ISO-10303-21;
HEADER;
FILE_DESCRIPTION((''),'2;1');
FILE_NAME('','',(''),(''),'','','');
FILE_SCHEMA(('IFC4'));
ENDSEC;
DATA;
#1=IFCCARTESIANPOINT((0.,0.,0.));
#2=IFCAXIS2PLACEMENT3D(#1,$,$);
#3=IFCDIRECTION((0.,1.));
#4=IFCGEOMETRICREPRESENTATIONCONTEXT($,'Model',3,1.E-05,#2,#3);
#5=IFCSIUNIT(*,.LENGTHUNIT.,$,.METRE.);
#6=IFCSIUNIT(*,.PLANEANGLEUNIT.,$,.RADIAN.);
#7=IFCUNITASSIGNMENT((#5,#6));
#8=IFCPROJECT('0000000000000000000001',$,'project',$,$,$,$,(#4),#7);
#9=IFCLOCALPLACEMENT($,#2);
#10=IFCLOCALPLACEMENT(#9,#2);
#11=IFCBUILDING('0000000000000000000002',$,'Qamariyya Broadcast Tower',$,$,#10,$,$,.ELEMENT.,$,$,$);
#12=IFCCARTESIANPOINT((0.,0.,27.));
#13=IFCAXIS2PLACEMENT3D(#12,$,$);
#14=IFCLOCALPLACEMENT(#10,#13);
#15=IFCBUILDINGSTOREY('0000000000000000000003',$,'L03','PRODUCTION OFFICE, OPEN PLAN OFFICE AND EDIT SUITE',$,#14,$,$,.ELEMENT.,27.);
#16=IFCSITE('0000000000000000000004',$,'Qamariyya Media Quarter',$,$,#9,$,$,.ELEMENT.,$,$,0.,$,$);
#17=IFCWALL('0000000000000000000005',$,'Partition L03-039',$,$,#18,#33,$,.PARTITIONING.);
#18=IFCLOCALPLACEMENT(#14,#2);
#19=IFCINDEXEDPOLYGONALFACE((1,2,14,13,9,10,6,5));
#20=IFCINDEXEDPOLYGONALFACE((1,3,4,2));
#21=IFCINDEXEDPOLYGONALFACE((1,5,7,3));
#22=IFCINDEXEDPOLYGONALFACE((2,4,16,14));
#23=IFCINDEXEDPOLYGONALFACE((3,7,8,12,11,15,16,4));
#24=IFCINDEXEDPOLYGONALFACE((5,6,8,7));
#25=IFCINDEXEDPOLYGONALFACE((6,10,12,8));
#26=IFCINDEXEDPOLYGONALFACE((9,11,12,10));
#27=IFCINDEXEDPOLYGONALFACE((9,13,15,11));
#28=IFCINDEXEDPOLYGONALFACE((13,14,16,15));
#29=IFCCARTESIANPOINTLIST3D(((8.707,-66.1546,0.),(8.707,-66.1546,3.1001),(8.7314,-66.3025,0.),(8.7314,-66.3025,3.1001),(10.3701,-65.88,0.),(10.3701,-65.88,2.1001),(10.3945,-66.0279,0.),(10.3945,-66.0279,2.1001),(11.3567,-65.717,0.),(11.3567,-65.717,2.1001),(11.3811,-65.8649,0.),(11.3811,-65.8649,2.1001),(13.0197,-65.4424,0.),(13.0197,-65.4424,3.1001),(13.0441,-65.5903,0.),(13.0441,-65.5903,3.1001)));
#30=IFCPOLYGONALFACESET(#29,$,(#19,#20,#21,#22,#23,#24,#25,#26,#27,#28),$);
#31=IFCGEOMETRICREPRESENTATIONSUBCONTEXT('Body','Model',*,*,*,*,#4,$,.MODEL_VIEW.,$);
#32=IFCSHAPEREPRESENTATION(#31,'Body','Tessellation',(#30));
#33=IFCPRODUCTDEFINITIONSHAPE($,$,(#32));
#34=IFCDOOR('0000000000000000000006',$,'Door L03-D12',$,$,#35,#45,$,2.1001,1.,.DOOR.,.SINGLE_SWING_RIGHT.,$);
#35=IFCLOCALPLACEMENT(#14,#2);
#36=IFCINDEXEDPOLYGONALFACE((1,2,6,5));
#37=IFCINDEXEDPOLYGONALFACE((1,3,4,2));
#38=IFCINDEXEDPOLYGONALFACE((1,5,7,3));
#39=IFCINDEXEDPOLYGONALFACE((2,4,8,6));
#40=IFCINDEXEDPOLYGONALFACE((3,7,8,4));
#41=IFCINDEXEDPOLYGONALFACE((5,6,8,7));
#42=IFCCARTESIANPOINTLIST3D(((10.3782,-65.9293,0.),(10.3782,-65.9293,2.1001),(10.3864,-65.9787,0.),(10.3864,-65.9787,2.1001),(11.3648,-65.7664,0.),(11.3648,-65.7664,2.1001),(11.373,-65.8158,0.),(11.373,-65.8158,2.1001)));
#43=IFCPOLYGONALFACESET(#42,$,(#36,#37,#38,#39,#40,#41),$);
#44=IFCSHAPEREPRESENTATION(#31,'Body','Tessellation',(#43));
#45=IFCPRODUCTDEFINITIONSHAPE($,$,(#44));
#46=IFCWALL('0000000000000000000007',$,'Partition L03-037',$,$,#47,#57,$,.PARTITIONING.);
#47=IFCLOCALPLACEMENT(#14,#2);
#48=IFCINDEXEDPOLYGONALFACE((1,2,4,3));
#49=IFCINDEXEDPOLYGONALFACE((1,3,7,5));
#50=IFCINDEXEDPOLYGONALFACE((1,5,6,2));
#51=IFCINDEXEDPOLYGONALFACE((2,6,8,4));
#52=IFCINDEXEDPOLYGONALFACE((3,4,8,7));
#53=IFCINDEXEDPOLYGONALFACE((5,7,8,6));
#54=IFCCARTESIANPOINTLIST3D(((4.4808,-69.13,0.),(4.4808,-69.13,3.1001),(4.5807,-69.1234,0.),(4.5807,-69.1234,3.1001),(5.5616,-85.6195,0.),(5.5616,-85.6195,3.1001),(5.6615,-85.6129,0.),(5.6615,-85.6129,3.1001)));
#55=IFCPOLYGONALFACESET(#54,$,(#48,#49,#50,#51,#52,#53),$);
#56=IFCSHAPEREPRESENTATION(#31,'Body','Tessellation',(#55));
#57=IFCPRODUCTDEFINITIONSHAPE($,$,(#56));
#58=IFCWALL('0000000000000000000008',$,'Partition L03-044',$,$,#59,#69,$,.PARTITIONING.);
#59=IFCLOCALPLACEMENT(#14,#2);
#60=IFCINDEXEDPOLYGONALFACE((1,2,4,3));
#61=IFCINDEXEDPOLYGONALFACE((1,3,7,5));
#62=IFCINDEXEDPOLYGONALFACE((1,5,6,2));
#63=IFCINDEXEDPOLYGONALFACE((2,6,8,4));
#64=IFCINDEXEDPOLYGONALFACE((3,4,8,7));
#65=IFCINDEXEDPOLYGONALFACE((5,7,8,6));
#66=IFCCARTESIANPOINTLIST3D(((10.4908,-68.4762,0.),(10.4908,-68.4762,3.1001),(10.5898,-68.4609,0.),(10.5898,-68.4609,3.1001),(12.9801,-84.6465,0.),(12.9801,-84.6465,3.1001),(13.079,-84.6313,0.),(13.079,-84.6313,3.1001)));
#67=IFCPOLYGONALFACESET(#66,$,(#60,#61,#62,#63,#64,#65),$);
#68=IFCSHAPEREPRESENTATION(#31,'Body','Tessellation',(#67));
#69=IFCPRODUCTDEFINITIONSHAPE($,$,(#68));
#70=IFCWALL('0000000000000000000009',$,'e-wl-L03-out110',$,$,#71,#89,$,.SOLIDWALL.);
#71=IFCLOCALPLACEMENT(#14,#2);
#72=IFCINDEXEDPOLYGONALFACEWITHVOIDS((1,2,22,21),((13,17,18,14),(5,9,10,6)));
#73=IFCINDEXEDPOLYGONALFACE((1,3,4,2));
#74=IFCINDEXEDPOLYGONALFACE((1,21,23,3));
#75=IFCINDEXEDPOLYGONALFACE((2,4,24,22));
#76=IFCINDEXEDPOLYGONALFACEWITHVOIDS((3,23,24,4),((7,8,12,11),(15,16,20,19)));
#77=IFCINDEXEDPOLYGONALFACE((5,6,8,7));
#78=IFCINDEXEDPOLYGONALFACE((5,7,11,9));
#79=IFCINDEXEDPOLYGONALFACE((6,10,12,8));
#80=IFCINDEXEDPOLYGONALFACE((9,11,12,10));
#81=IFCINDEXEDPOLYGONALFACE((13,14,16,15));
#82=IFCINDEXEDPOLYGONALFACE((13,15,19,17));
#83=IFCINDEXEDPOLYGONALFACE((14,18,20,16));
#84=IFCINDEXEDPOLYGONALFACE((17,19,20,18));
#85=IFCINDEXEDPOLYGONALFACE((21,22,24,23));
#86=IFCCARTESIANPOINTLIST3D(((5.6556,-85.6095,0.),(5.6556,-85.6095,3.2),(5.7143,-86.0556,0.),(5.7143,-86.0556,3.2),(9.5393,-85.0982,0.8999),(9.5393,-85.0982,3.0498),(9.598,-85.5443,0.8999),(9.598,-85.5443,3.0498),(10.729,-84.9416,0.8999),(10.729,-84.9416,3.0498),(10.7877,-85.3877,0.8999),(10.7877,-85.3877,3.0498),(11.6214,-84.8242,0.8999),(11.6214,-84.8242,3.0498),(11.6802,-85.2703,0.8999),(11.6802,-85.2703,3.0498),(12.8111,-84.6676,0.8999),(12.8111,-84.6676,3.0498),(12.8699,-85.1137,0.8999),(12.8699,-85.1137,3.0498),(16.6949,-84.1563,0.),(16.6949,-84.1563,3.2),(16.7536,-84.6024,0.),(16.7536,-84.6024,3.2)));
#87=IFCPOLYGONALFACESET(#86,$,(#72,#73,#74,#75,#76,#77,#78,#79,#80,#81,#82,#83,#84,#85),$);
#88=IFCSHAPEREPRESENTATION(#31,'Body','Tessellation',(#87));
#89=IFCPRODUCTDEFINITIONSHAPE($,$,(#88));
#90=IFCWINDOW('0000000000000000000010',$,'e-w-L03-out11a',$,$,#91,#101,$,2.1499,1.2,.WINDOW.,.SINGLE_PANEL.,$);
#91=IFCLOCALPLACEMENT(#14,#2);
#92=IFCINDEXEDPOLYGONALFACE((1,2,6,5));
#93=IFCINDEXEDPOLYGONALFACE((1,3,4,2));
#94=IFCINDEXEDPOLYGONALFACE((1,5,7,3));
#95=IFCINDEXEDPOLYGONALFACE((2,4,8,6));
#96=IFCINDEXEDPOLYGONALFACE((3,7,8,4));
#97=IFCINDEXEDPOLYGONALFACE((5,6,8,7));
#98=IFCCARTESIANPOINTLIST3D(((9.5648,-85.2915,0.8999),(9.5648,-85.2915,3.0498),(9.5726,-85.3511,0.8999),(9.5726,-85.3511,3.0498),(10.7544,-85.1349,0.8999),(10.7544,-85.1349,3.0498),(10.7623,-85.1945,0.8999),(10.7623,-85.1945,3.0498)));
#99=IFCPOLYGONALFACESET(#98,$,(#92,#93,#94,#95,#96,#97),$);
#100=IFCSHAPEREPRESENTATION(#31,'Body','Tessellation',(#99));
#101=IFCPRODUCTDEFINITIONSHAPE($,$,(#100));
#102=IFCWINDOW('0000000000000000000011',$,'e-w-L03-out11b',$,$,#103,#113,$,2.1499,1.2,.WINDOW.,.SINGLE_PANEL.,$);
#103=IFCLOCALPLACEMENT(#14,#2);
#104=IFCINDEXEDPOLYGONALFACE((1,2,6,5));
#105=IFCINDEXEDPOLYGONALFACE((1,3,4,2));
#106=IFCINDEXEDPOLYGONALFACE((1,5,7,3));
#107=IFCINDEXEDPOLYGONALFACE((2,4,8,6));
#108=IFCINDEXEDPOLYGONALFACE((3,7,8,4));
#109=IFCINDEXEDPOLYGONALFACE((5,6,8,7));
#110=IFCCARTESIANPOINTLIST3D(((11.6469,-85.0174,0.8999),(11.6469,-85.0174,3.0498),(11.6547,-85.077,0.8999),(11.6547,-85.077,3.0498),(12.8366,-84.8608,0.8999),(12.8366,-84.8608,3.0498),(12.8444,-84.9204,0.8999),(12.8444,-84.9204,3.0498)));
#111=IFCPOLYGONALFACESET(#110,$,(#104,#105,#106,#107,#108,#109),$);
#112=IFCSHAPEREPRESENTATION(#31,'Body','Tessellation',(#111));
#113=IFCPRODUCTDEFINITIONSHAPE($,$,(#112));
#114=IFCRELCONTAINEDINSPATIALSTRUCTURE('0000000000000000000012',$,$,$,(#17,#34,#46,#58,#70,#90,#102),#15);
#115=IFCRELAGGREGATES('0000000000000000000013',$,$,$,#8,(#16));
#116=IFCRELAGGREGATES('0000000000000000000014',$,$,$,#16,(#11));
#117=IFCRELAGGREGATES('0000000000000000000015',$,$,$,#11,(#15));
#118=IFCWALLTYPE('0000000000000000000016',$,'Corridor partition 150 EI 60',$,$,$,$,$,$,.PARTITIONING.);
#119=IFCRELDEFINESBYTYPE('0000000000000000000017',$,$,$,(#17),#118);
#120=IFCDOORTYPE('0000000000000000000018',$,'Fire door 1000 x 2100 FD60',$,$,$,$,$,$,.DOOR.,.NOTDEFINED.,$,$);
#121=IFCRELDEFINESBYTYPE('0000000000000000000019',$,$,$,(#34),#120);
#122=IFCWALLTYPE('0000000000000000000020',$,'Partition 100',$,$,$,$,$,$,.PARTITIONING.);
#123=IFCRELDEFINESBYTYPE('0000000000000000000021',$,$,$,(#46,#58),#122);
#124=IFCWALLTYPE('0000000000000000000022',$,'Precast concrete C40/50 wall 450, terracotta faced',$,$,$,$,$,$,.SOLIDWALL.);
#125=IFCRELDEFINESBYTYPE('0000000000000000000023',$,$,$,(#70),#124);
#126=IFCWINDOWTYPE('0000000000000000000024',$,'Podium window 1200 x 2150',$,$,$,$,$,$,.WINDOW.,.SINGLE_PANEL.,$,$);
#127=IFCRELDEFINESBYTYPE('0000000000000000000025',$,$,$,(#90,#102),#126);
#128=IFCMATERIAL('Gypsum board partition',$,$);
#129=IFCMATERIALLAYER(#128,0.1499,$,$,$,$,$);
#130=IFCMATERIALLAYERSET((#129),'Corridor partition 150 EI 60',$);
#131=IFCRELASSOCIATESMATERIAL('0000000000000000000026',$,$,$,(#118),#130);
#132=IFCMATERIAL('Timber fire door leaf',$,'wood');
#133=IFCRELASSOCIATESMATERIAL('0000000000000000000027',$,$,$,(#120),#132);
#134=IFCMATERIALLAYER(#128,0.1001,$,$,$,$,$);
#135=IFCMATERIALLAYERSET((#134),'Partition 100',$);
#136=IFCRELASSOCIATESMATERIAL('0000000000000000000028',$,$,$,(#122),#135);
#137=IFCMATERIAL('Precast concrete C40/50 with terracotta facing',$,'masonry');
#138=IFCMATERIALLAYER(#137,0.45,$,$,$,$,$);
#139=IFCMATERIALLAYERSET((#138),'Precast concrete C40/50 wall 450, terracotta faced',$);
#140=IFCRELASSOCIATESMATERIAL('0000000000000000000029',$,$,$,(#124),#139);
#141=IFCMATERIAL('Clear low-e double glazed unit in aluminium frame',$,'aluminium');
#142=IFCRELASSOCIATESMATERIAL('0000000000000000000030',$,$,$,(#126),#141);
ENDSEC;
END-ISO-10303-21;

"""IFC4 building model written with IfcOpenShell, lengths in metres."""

from ifc_helpers import new_model, si_unit, direction, frame, frame_2d, origin, place, context, subcontext, project, spatial, rectangle, extrude, material, layer, layer_set, type_object, element, fill, save


model = new_model("IFC4")

# Units and contexts
model_context = context("Model", 3, precision=1e-05, world=origin(), true_north=direction((0.0, 1.0)))
body_context = subcontext(model_context, "Body", "Model", "MODEL_VIEW")
ifc_project = project(units=[si_unit("LENGTHUNIT", "METRE"), si_unit("PLANEANGLEUNIT", "RADIAN")], contexts=[model_context])

# Site, building, storey
site_placement = place(None, origin())
site = spatial("IfcSite", under=ifc_project, at=site_placement, Name="Qamariyya Media Quarter", CompositionType="ELEMENT", RefElevation=0.0)
building_placement = place(site_placement, origin())
building = spatial("IfcBuilding", under=site, at=building_placement, Name="Qamariyya Broadcast Tower", CompositionType="ELEMENT")
storey_placement = place(building_placement, frame((0.0, 0.0, 27.0)))
storey = spatial("IfcBuildingStorey", under=building, at=storey_placement, Name="L03", Description="PRODUCTION OFFICE, OPEN PLAN OFFICE AND EDIT SUITE", CompositionType="ELEMENT", Elevation=27.0)

# Wall, opening, door
ifc_material_1 = material(Name="Gypsum board partition")
ifc_layer_1 = layer(ifc_material_1, 0.1499)
ifc_layer_set_1 = layer_set([ifc_layer_1], Name="Corridor partition 150 EI 60")
wall_type_1 = type_object("IfcWallType", Name="Corridor partition 150 EI 60", PredefinedType="PARTITIONING", material=ifc_layer_set_1)
ifc_material_2 = material(Name="Timber fire door leaf", Category="wood")
door_type_1 = type_object("IfcDoorType", Name="Fire door 1000 x 2100 FD60", OperationType="NOTDEFINED", PredefinedType="DOOR", material=ifc_material_2)
wall_1_placement = place(storey_placement, frame((8.7192, -66.2285, 0.0), z_axis=(0.0, 0.0, 1.0), x_axis=(0.986639, 0.162922, 0.0)))
wall_1 = element("IfcWall", 1, at=wall_1_placement, inside=storey, type_object=wall_type_1, Name="Partition L03-039", PredefinedType="PARTITIONING", context=body_context, shape_type="SweptSolid", body=[
    extrude(rectangle(XDim=4.3711, YDim=0.1499, at=frame_2d((2.1855, 0.0))), origin(), (0.0, 0.0, 1.0), 3.1001),
])
opening_1_placement = place(wall_1_placement, frame((1.6855, 0.0, 0.0)))
opening_1 = element("IfcOpeningElement", 2, at=opening_1_placement, cuts=wall_1, PredefinedType="OPENING", context=body_context, shape_type="SweptSolid", body=[
    extrude(rectangle(XDim=1.0, YDim=2.1001, at=frame_2d((0.5, 1.05))), frame((0.0, 0.085, 0.0), z_axis=(0.0, -1.0, 0.0), x_axis=(1.0, 0.0, 0.0)), (0.0, 0.0, 1.0), 0.1699),
])
door_1_placement = place(opening_1_placement, origin())
door_1 = element("IfcDoor", 3, at=door_1_placement, inside=storey, type_object=door_type_1, Name="Door L03-D12", OperationType="SINGLE_SWING_RIGHT", OverallHeight=2.1001, OverallWidth=1.0, PredefinedType="DOOR", context=body_context, shape_type="SweptSolid", body=[
    extrude(rectangle(XDim=1.0, YDim=2.1001, at=frame_2d((0.5, 1.05))), frame((0.0, 0.0249, 0.0), z_axis=(0.0, -1.0, 0.0), x_axis=(1.0, 0.0, 0.0)), (0.0, 0.0, 1.0), 0.05),
])
fill(opening_1, door_1)

# Walls
ifc_layer_2 = layer(ifc_material_1, 0.1001)
ifc_layer_set_2 = layer_set([ifc_layer_2], Name="Partition 100")
wall_type_2 = type_object("IfcWallType", Name="Partition 100", PredefinedType="PARTITIONING", material=ifc_layer_set_2)
wall_2_placement = place(storey_placement, frame((5.6116, -85.6162, 0.0), z_axis=(0.0, 0.0, 1.0), x_axis=(-0.065405, 0.997859, 0.0)))
element("IfcWall", 4, at=wall_2_placement, inside=storey, type_object=wall_type_2, Name="Partition L03-037", PredefinedType="PARTITIONING", context=body_context, shape_type="SweptSolid", body=[
    extrude(rectangle(XDim=16.5249, YDim=0.1001, at=frame_2d((8.2625, 0.0))), origin(), (0.0, 0.0, 1.0), 3.1001),
])
wall_3_placement = place(storey_placement, frame((13.0295, -84.6389, 0.0), z_axis=(0.0, 0.0, 1.0), x_axis=(-0.152147, 0.988358, 0.0)))
element("IfcWall", 5, at=wall_3_placement, inside=storey, type_object=wall_type_2, Name="Partition L03-044", PredefinedType="PARTITIONING", context=body_context, shape_type="SweptSolid", body=[
    extrude(rectangle(XDim=16.3608, YDim=0.1001, at=frame_2d((8.1804, 0.0))), origin(), (0.0, 0.0, 1.0), 3.1001),
])

# Wall, openings, windows
ifc_material_3 = material(Name="Precast concrete C40/50 with terracotta facing", Category="masonry")
ifc_layer_3 = layer(ifc_material_3, 0.45)
ifc_layer_set_3 = layer_set([ifc_layer_3], Name="Precast concrete C40/50 wall 450, terracotta faced")
wall_type_3 = type_object("IfcWallType", Name="Precast concrete C40/50 wall 450, terracotta faced", PredefinedType="SOLIDWALL", material=ifc_layer_set_3)
wall_4_placement = place(storey_placement, frame((5.6848, -85.8325, 0.0), z_axis=(0.0, 0.0, 1.0), x_axis=(0.991448, 0.130506, 0.0)))
wall_4 = element("IfcWall", 6, at=wall_4_placement, inside=storey, type_object=wall_type_3, Name="e-wl-L03-out110", PredefinedType="SOLIDWALL", context=body_context, shape_type="SweptSolid", body=[
    extrude(rectangle(XDim=11.1345, YDim=0.45, at=frame_2d((5.5674, 0.0))), origin(), (0.0, 0.0, 1.0), 3.2),
])
opening_2_placement = place(wall_4_placement, frame((3.9172, 0.0, 0.8999)))
opening_2 = element("IfcOpeningElement", 7, at=opening_2_placement, cuts=wall_4, PredefinedType="OPENING", context=body_context, shape_type="SweptSolid", body=[
    extrude(rectangle(XDim=1.2, YDim=2.1499, at=frame_2d((0.6001, 1.075))), frame((0.0, 0.2349, 0.0), z_axis=(0.0, -1.0, 0.0), x_axis=(1.0, 0.0, 0.0)), (0.0, 0.0, 1.0), 0.47),
])
opening_3_placement = place(wall_4_placement, frame((6.0173, 0.0, 0.8999)))
opening_3 = element("IfcOpeningElement", 8, at=opening_3_placement, cuts=wall_4, PredefinedType="OPENING", context=body_context, shape_type="SweptSolid", body=[
    extrude(rectangle(XDim=1.2, YDim=2.1499, at=frame_2d((0.6001, 1.075))), frame((0.0, 0.2349, 0.0), z_axis=(0.0, -1.0, 0.0), x_axis=(1.0, 0.0, 0.0)), (0.0, 0.0, 1.0), 0.47),
])
ifc_material_4 = material(Name="Clear low-e double glazed unit in aluminium frame", Category="aluminium")
window_type = type_object("IfcWindowType", Name="Podium window 1200 x 2150", PartitioningType="SINGLE_PANEL", PredefinedType="WINDOW", material=ifc_material_4)
window_1_placement = place(opening_2_placement, origin())
window_1 = element("IfcWindow", 9, at=window_1_placement, inside=storey, type_object=window_type, Name="e-w-L03-out11a", OverallHeight=2.1499, OverallWidth=1.2, PartitioningType="SINGLE_PANEL", PredefinedType="WINDOW", context=body_context, shape_type="SweptSolid", body=[
    extrude(rectangle(XDim=1.2, YDim=2.1499, at=frame_2d((0.6001, 1.075))), frame((0.0, 0.03, 0.0), z_axis=(0.0, -1.0, 0.0), x_axis=(1.0, 0.0, 0.0)), (0.0, 0.0, 1.0), 0.0601),
])
fill(opening_2, window_1)
window_2_placement = place(opening_3_placement, origin())
window_2 = element("IfcWindow", 10, at=window_2_placement, inside=storey, type_object=window_type, Name="e-w-L03-out11b", OverallHeight=2.1499, OverallWidth=1.2, PartitioningType="SINGLE_PANEL", PredefinedType="WINDOW", context=body_context, shape_type="SweptSolid", body=[
    extrude(rectangle(XDim=1.2, YDim=2.1499, at=frame_2d((0.6001, 1.075))), frame((0.0, 0.03, 0.0), z_axis=(0.0, -1.0, 0.0), x_axis=(1.0, 0.0, 0.0)), (0.0, 0.0, 1.0), 0.0601),
])
fill(opening_3, window_2)

save(model, "model.ifc")
